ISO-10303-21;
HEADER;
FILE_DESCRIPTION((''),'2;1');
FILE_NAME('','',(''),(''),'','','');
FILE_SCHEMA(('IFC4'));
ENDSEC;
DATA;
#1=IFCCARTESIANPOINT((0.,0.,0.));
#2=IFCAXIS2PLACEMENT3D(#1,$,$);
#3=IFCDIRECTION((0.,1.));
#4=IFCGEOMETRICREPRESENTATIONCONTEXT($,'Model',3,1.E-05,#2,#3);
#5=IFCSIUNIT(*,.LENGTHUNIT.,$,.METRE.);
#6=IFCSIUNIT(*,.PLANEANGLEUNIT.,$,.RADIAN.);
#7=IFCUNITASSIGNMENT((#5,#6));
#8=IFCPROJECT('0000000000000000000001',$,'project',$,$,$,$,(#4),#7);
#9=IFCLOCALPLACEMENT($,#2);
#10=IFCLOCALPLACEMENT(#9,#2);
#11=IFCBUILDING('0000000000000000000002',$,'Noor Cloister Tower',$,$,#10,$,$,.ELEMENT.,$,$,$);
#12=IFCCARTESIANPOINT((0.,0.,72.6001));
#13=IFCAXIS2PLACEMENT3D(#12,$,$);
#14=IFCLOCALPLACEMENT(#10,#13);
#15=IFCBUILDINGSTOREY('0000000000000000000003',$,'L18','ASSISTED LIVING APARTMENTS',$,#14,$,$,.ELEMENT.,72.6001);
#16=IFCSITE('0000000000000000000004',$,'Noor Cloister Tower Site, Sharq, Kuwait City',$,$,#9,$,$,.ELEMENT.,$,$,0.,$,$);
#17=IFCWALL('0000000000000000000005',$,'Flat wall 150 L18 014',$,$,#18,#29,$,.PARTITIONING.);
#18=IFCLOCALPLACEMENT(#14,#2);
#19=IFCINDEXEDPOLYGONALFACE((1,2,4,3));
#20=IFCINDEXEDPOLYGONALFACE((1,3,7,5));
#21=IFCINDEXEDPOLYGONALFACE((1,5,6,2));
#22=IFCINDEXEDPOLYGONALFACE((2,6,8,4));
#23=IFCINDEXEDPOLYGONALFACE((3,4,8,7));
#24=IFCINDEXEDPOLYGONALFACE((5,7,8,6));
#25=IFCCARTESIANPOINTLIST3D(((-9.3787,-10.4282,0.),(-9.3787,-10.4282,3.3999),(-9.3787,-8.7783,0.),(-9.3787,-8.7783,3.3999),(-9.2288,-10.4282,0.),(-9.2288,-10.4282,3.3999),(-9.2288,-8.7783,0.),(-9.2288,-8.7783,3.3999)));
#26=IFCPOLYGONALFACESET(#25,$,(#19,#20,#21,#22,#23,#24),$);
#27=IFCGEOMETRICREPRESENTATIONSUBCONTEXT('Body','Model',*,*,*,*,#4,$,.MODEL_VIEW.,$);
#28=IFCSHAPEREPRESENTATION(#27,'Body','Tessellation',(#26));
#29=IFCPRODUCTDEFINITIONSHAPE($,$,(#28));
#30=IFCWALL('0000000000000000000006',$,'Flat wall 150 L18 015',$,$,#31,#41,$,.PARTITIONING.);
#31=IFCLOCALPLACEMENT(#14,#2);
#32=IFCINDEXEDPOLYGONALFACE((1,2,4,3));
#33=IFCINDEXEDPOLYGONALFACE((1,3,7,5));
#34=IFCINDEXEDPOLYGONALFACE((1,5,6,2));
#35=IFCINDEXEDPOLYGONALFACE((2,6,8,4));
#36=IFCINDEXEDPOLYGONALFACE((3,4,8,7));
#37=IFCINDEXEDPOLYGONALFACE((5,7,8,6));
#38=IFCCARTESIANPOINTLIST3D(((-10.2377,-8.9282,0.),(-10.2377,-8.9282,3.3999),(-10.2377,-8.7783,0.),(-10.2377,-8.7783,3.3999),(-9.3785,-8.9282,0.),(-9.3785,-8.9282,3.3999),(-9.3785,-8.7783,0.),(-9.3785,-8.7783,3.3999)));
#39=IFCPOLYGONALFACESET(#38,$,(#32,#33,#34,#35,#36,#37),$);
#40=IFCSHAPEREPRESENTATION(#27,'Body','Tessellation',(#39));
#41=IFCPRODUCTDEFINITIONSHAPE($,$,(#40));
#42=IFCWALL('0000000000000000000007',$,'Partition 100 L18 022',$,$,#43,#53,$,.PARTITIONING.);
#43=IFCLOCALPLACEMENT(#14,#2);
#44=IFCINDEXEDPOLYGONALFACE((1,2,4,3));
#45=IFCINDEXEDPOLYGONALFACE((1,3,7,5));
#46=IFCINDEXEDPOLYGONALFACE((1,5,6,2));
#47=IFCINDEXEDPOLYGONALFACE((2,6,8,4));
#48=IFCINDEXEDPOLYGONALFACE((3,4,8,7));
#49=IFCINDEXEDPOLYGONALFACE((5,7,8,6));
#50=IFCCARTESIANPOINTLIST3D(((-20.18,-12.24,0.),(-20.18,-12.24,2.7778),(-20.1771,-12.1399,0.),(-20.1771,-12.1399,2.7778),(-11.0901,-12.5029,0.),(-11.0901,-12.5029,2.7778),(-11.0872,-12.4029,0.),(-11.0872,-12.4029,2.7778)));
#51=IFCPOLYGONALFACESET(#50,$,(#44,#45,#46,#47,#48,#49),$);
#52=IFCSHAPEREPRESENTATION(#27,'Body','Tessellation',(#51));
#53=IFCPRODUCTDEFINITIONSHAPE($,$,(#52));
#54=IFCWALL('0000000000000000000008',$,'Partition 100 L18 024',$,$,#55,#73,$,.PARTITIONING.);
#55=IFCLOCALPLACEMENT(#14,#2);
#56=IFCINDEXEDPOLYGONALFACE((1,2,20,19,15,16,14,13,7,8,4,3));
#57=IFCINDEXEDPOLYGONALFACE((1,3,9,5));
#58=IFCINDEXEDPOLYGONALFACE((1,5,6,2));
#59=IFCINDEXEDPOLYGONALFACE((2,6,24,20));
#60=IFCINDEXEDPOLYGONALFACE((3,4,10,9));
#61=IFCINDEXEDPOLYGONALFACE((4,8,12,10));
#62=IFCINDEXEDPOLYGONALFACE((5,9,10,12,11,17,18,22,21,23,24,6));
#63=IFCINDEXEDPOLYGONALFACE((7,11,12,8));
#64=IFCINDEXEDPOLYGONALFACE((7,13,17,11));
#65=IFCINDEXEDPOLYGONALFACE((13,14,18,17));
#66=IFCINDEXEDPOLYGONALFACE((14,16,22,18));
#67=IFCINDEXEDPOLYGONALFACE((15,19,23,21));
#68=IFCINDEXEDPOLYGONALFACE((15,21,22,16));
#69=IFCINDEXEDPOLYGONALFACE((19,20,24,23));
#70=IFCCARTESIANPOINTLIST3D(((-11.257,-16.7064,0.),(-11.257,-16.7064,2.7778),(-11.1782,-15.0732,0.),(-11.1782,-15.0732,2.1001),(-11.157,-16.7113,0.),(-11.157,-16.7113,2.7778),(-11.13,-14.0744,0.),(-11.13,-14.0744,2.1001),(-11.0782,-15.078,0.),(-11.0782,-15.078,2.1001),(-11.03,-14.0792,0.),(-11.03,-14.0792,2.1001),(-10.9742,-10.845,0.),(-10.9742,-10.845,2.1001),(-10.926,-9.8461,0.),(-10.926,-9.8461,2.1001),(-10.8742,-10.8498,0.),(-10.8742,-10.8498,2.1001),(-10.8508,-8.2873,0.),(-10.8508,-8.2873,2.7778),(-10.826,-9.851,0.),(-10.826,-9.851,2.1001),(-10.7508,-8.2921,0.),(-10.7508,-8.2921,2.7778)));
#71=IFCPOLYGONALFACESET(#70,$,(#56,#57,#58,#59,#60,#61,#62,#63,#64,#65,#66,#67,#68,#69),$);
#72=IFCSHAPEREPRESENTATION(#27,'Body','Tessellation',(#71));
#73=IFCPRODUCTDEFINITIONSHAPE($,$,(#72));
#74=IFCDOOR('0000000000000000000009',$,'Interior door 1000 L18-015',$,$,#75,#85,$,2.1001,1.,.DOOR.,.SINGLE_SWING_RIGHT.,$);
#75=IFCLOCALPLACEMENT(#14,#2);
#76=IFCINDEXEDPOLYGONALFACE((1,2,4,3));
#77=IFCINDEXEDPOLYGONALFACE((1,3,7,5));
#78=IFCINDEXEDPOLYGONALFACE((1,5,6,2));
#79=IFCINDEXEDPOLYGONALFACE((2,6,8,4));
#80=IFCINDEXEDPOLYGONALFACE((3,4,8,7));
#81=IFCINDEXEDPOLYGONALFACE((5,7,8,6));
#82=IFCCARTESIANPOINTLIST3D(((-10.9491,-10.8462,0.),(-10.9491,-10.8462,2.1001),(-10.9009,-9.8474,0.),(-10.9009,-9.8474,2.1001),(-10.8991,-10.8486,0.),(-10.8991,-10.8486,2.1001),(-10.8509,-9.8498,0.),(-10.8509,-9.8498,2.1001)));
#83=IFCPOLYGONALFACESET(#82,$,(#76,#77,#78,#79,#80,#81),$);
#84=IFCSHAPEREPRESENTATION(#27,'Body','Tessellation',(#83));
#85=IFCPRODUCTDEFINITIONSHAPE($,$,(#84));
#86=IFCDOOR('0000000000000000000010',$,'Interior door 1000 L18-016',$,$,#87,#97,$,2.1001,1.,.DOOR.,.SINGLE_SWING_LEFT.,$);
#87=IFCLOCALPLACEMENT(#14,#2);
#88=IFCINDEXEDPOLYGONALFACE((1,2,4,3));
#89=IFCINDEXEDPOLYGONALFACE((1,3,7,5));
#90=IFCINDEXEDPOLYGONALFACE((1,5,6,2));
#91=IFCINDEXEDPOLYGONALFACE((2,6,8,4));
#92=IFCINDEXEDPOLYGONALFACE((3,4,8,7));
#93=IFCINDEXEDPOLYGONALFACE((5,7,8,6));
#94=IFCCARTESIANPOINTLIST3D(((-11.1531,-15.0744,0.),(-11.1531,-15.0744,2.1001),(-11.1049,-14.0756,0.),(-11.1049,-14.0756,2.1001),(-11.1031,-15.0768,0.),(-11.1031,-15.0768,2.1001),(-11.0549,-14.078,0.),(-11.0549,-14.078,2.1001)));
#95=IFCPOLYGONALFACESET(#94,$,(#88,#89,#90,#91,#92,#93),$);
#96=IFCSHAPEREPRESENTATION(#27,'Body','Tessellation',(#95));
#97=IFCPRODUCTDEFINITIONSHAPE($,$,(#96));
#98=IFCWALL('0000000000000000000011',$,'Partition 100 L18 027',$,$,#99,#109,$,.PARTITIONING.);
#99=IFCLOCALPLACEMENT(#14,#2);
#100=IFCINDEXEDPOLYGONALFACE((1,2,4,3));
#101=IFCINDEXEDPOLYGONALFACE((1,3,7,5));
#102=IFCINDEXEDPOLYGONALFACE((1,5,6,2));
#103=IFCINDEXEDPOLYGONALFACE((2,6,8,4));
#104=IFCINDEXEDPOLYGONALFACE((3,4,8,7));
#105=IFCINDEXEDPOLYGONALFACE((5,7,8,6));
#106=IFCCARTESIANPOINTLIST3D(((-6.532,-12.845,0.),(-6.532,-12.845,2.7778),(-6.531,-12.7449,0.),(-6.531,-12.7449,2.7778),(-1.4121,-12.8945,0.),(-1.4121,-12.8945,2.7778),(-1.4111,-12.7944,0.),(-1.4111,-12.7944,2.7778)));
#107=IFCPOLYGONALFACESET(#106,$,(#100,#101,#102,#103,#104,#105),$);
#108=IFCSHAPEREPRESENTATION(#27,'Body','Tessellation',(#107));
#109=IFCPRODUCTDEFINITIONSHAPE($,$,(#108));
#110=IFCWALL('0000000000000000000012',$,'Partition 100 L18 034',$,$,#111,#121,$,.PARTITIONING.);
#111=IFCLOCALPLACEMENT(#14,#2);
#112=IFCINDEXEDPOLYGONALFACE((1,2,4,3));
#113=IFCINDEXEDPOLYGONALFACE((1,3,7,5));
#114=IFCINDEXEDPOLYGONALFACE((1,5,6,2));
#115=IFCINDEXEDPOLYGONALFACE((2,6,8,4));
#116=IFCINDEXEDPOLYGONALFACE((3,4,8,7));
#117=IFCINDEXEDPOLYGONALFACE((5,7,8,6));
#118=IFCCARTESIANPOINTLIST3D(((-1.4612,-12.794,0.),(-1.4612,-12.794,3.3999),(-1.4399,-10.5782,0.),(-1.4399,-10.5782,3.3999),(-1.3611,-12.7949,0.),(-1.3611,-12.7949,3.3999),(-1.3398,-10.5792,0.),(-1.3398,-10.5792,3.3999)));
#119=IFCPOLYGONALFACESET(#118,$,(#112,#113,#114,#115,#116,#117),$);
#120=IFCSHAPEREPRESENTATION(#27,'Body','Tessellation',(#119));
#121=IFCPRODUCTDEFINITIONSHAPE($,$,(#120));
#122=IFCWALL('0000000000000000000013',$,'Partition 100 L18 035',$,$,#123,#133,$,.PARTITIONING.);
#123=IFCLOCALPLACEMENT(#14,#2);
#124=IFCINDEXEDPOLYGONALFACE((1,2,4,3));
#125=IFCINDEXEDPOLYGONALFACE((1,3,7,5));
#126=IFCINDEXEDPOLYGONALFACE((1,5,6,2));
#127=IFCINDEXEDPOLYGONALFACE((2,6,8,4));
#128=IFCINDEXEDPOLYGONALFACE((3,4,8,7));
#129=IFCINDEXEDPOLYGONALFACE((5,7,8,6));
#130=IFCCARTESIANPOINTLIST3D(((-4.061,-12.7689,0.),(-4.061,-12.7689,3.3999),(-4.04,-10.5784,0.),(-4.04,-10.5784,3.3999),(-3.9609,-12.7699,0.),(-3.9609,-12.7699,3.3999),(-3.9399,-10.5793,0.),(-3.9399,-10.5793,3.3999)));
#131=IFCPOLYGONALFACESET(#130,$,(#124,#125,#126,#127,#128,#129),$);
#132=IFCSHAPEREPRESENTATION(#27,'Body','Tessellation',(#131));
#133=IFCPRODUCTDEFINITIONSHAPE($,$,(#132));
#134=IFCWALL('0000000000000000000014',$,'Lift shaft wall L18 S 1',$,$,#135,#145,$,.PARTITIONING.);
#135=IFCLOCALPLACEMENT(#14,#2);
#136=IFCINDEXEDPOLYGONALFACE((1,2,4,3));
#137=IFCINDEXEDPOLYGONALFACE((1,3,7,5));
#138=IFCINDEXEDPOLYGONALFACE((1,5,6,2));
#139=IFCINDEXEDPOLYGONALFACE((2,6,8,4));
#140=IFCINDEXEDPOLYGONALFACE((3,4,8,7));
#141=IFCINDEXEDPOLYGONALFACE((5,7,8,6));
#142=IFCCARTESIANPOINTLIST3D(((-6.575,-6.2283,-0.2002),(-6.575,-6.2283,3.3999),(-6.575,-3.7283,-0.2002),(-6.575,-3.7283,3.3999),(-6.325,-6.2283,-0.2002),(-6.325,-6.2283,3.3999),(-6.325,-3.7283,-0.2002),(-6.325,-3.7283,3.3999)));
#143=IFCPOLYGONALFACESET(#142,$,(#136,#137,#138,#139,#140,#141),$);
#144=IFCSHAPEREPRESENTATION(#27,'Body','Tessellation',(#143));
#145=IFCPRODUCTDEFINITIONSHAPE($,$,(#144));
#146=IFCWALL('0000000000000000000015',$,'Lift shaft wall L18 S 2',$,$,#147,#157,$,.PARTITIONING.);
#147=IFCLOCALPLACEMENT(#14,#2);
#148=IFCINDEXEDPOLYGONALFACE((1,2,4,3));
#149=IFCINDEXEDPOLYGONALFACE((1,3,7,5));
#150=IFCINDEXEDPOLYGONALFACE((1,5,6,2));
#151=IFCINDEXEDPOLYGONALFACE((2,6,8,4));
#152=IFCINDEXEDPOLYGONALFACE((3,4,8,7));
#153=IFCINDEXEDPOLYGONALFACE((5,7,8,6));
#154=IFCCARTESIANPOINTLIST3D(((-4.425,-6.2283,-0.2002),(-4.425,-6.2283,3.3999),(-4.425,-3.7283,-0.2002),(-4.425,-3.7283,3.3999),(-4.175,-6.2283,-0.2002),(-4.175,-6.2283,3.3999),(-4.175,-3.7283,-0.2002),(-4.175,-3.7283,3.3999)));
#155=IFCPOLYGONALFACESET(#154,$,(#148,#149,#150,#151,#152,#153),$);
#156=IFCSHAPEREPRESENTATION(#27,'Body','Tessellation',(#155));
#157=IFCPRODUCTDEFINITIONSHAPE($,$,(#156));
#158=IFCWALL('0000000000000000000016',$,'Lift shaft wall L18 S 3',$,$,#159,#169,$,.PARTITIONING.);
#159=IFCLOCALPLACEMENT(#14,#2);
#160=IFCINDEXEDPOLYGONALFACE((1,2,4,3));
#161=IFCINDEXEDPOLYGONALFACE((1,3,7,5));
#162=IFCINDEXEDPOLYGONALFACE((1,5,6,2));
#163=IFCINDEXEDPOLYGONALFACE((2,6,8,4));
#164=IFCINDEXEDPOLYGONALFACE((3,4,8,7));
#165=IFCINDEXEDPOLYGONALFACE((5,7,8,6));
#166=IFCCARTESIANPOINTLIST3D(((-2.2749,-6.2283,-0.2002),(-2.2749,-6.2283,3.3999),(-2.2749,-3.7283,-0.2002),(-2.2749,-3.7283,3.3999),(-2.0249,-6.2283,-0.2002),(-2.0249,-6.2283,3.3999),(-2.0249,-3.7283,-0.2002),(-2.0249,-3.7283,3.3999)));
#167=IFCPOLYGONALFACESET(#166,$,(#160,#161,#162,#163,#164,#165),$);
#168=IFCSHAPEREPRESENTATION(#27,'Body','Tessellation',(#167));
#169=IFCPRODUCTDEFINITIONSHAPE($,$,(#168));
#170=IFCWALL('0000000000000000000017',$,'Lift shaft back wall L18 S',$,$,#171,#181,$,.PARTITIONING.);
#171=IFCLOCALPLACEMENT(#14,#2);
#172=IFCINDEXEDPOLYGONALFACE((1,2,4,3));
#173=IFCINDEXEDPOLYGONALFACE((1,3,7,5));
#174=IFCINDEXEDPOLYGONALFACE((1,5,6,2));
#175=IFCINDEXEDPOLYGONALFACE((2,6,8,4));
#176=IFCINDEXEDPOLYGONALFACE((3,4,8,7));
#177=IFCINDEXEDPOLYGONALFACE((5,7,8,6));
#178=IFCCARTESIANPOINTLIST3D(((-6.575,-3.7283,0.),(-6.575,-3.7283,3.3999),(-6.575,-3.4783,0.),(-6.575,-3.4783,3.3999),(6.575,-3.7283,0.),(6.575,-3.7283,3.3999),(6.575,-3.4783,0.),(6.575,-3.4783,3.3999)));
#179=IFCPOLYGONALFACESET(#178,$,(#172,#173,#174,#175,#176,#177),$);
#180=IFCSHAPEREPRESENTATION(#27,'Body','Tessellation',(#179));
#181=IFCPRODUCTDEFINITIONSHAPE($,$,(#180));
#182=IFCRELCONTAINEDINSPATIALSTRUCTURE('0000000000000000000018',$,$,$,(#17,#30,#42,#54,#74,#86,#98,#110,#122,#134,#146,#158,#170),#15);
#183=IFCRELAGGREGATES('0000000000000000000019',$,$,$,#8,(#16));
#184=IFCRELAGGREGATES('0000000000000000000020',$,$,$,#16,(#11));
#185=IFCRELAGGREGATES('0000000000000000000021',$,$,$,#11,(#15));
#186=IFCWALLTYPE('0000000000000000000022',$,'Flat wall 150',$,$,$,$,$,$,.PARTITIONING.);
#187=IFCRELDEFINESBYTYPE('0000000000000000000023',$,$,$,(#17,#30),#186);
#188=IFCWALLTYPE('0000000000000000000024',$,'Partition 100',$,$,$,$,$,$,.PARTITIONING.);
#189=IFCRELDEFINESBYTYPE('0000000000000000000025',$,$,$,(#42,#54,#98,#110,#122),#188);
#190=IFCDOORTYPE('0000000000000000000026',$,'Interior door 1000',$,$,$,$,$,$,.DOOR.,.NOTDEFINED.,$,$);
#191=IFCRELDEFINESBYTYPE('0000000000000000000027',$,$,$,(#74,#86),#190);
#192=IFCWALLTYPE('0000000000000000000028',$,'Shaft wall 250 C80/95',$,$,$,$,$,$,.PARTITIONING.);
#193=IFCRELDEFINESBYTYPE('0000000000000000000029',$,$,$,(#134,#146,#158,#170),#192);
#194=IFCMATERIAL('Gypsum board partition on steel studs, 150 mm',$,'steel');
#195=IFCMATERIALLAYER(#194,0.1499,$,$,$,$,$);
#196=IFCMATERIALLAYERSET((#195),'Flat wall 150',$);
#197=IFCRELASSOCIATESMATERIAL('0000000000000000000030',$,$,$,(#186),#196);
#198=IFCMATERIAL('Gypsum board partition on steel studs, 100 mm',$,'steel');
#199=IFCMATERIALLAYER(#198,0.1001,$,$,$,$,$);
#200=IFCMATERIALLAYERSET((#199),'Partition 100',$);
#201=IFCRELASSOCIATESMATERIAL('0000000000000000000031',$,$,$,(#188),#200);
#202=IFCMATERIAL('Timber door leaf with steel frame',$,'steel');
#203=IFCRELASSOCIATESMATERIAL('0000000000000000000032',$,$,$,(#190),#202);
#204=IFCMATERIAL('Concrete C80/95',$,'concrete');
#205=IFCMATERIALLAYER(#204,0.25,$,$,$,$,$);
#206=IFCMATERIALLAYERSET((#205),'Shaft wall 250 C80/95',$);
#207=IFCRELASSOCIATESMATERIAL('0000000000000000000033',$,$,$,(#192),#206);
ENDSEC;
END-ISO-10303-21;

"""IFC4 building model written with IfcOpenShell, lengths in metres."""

from ifc_helpers import new_model, si_unit, direction, frame, frame_2d, origin, place, context, subcontext, project, spatial, rectangle, extrude, material, layer, layer_set, type_object, element, fill, save


model = new_model("IFC4")

# Units and contexts
model_context = context("Model", 3, precision=1e-05, world=origin(), true_north=direction((0.0, 1.0)))
body_context = subcontext(model_context, "Body", "Model", "MODEL_VIEW")
ifc_project = project(units=[si_unit("LENGTHUNIT", "METRE"), si_unit("PLANEANGLEUNIT", "RADIAN")], contexts=[model_context])

# Site, building, storey
site_placement = place(None, origin())
site = spatial("IfcSite", under=ifc_project, at=site_placement, Name="Noor Cloister Tower Site, Sharq, Kuwait City", CompositionType="ELEMENT", RefElevation=0.0)
building_placement = place(site_placement, origin())
building = spatial("IfcBuilding", under=site, at=building_placement, Name="Noor Cloister Tower", CompositionType="ELEMENT")
storey_placement = place(building_placement, frame((0.0, 0.0, 72.6001)))
storey = spatial("IfcBuildingStorey", under=building, at=storey_placement, Name="L18", Description="ASSISTED LIVING APARTMENTS", CompositionType="ELEMENT", Elevation=72.6001)

# Walls
ifc_material_1 = material(Name="Gypsum board partition on steel studs, 150 mm", Category="steel")
ifc_layer_1 = layer(ifc_material_1, 0.1499)
ifc_layer_set_1 = layer_set([ifc_layer_1], Name="Flat wall 150")
wall_type_1 = type_object("IfcWallType", Name="Flat wall 150", PredefinedType="PARTITIONING", material=ifc_layer_set_1)
wall_1_placement = place(storey_placement, frame((-9.3037, -10.4282, 0.0), z_axis=(0.0, 0.0, 1.0), x_axis=(0.0, 1.0, 0.0)))
element("IfcWall", 1, at=wall_1_placement, inside=storey, type_object=wall_type_1, Name="Flat wall 150 L18 014", PredefinedType="PARTITIONING", context=body_context, shape_type="SweptSolid", body=[
    extrude(rectangle(XDim=1.6499, YDim=0.1499, at=frame_2d((0.825, 0.0))), origin(), (0.0, 0.0, 1.0), 3.3999),
])
wall_2_placement = place(storey_placement, frame((-10.2378, -8.8533, 0.0), z_axis=(0.0, 0.0, 1.0), x_axis=(1.0, 0.0, 0.0)))
element("IfcWall", 2, at=wall_2_placement, inside=storey, type_object=wall_type_1, Name="Flat wall 150 L18 015", PredefinedType="PARTITIONING", context=body_context, shape_type="SweptSolid", body=[
    extrude(rectangle(XDim=0.8591, YDim=0.1499, at=frame_2d((0.4297, 0.0))), origin(), (0.0, 0.0, 1.0), 3.3999),
])
ifc_material_2 = material(Name="Gypsum board partition on steel studs, 100 mm", Category="steel")
ifc_layer_2 = layer(ifc_material_2, 0.1001)
ifc_layer_set_2 = layer_set([ifc_layer_2], Name="Partition 100")
wall_type_2 = type_object("IfcWallType", Name="Partition 100", PredefinedType="PARTITIONING", material=ifc_layer_set_2)
wall_3_placement = place(storey_placement, frame((-11.0886, -12.4529, 0.0), z_axis=(0.0, 0.0, 1.0), x_axis=(-0.999582, 0.028915, 0.0)))
element("IfcWall", 3, at=wall_3_placement, inside=storey, type_object=wall_type_2, Name="Partition 100 L18 022", PredefinedType="PARTITIONING", context=body_context, shape_type="SweptSolid", body=[
    extrude(rectangle(XDim=9.0938, YDim=0.1001, at=frame_2d((4.5469, 0.0))), origin(), (0.0, 0.0, 1.0), 2.7778),
])

# Wall, openings, doors
wall_4_placement = place(storey_placement, frame((-11.207, -16.7087, 0.0), z_axis=(0.0, 0.0, 1.0), x_axis=(0.048197, 0.998838, 0.0)))
wall_4 = element("IfcWall", 4, at=wall_4_placement, inside=storey, type_object=wall_type_2, Name="Partition 100 L18 024", PredefinedType="PARTITIONING", context=body_context, shape_type="SweptSolid", body=[
    extrude(rectangle(XDim=8.429, YDim=0.1001, at=frame_2d((4.2144, 0.0))), origin(), (0.0, 0.0, 1.0), 2.7778),
])
opening_1_placement = place(wall_4_placement, frame((5.8682, 0.0, 0.0)))
opening_1 = element("IfcOpeningElement", 5, at=opening_1_placement, cuts=wall_4, PredefinedType="OPENING", context=body_context, shape_type="SweptSolid", body=[
    extrude(rectangle(XDim=1.0, YDim=2.1001, at=frame_2d((0.5, 1.05))), frame((0.0, 0.0601, 0.0), z_axis=(0.0, -1.0, 0.0), x_axis=(1.0, 0.0, 0.0)), (0.0, 0.0, 1.0), 0.1201),
])
opening_2_placement = place(wall_4_placement, frame((1.635, 0.0, 0.0)))
opening_2 = element("IfcOpeningElement", 6, at=opening_2_placement, cuts=wall_4, PredefinedType="OPENING", context=body_context, shape_type="SweptSolid", body=[
    extrude(rectangle(XDim=1.0, YDim=2.1001, at=frame_2d((0.5, 1.05))), frame((0.0, 0.0601, 0.0), z_axis=(0.0, -1.0, 0.0), x_axis=(1.0, 0.0, 0.0)), (0.0, 0.0, 1.0), 0.1201),
])
ifc_material_3 = material(Name="Timber door leaf with steel frame", Category="steel")
door_type_1 = type_object("IfcDoorType", Name="Interior door 1000", OperationType="NOTDEFINED", PredefinedType="DOOR", material=ifc_material_3)
door_1_placement = place(opening_1_placement, origin())
door_1 = element("IfcDoor", 7, at=door_1_placement, inside=storey, type_object=door_type_1, Name="Interior door 1000 L18-015", OperationType="SINGLE_SWING_RIGHT", OverallHeight=2.1001, OverallWidth=1.0, PredefinedType="DOOR", context=body_context, shape_type="SweptSolid", body=[
    extrude(rectangle(XDim=1.0, YDim=2.1001, at=frame_2d((0.5, 1.05))), frame((0.0, 0.0249, 0.0), z_axis=(0.0, -1.0, 0.0), x_axis=(1.0, 0.0, 0.0)), (0.0, 0.0, 1.0), 0.05),
])
fill(opening_1, door_1)
door_2_placement = place(opening_2_placement, origin())
door_2 = element("IfcDoor", 8, at=door_2_placement, inside=storey, type_object=door_type_1, Name="Interior door 1000 L18-016", OperationType="SINGLE_SWING_LEFT", OverallHeight=2.1001, OverallWidth=1.0, PredefinedType="DOOR", context=body_context, shape_type="SweptSolid", body=[
    extrude(rectangle(XDim=1.0, YDim=2.1001, at=frame_2d((0.5, 1.05))), frame((0.0, 0.0249, 0.0), z_axis=(0.0, -1.0, 0.0), x_axis=(1.0, 0.0, 0.0)), (0.0, 0.0, 1.0), 0.05),
])
fill(opening_2, door_2)

# Walls
wall_5_placement = place(storey_placement, frame((-6.5315, -12.7949, 0.0), z_axis=(0.0, 0.0, 1.0), x_axis=(0.999953, -0.00968, 0.0)))
element("IfcWall", 9, at=wall_5_placement, inside=storey, type_object=wall_type_2, Name="Partition 100 L18 027", PredefinedType="PARTITIONING", context=body_context, shape_type="SweptSolid", body=[
    extrude(rectangle(XDim=5.1201, YDim=0.1001, at=frame_2d((2.5601, 0.0))), origin(), (0.0, 0.0, 1.0), 2.7778),
])
wall_6_placement = place(storey_placement, frame((-1.4111, -12.7944, 0.0), z_axis=(0.0, 0.0, 1.0), x_axis=(0.009585, 0.999954, 0.0)))
element("IfcWall", 10, at=wall_6_placement, inside=storey, type_object=wall_type_2, Name="Partition 100 L18 034", PredefinedType="PARTITIONING", context=body_context, shape_type="SweptSolid", body=[
    extrude(rectangle(XDim=2.2158, YDim=0.1001, at=frame_2d((1.1079, 0.0))), origin(), (0.0, 0.0, 1.0), 3.3999),
])
wall_7_placement = place(storey_placement, frame((-4.011, -12.7693, 0.0), z_axis=(0.0, 0.0, 1.0), x_axis=(0.009584, 0.999954, 0.0)))
element("IfcWall", 11, at=wall_7_placement, inside=storey, type_object=wall_type_2, Name="Partition 100 L18 035", PredefinedType="PARTITIONING", context=body_context, shape_type="SweptSolid", body=[
    extrude(rectangle(XDim=2.1907, YDim=0.1001, at=frame_2d((1.0952, 0.0))), origin(), (0.0, 0.0, 1.0), 3.3999),
])
ifc_material_4 = material(Name="Concrete C80/95", Category="concrete")
ifc_layer_3 = layer(ifc_material_4, 0.25)
ifc_layer_set_3 = layer_set([ifc_layer_3], Name="Shaft wall 250 C80/95")
wall_type_3 = type_object("IfcWallType", Name="Shaft wall 250 C80/95", PredefinedType="PARTITIONING", material=ifc_layer_set_3)
for number, where, z_axis, x_axis, name in (
    (12, (-6.45, -6.2283, -0.2002), (0.0, 0.0, 1.0), (0.0, 1.0, 0.0), "Lift shaft wall L18 S 1"),
    (13, (-4.3, -6.2283, -0.2002), (0.0, 0.0, 1.0), (0.0, 1.0, 0.0), "Lift shaft wall L18 S 2"),
    (14, (-2.1499, -6.2283, -0.2002), (0.0, 0.0, 1.0), (0.0, 1.0, 0.0), "Lift shaft wall L18 S 3"),
):
    element("IfcWall", number, at=place(storey_placement, frame(where, z_axis=z_axis, x_axis=x_axis)), inside=storey, type_object=wall_type_3, Name=name, PredefinedType="PARTITIONING", context=body_context, shape_type="SweptSolid", body=[
        extrude(rectangle(XDim=2.5, YDim=0.25, at=frame_2d((1.25, 0.0))), origin(), (0.0, 0.0, 1.0), 3.6001),
    ])
wall_8_placement = place(storey_placement, frame((-6.575, -3.6033, 0.0), z_axis=(0.0, 0.0, 1.0), x_axis=(1.0, 0.0, 0.0)))
element("IfcWall", 15, at=wall_8_placement, inside=storey, type_object=wall_type_3, Name="Lift shaft back wall L18 S", PredefinedType="PARTITIONING", context=body_context, shape_type="SweptSolid", body=[
    extrude(rectangle(XDim=13.1499, YDim=0.25, at=frame_2d((6.575, 0.0))), origin(), (0.0, 0.0, 1.0), 3.3999),
])

save(model, "model.ifc")
